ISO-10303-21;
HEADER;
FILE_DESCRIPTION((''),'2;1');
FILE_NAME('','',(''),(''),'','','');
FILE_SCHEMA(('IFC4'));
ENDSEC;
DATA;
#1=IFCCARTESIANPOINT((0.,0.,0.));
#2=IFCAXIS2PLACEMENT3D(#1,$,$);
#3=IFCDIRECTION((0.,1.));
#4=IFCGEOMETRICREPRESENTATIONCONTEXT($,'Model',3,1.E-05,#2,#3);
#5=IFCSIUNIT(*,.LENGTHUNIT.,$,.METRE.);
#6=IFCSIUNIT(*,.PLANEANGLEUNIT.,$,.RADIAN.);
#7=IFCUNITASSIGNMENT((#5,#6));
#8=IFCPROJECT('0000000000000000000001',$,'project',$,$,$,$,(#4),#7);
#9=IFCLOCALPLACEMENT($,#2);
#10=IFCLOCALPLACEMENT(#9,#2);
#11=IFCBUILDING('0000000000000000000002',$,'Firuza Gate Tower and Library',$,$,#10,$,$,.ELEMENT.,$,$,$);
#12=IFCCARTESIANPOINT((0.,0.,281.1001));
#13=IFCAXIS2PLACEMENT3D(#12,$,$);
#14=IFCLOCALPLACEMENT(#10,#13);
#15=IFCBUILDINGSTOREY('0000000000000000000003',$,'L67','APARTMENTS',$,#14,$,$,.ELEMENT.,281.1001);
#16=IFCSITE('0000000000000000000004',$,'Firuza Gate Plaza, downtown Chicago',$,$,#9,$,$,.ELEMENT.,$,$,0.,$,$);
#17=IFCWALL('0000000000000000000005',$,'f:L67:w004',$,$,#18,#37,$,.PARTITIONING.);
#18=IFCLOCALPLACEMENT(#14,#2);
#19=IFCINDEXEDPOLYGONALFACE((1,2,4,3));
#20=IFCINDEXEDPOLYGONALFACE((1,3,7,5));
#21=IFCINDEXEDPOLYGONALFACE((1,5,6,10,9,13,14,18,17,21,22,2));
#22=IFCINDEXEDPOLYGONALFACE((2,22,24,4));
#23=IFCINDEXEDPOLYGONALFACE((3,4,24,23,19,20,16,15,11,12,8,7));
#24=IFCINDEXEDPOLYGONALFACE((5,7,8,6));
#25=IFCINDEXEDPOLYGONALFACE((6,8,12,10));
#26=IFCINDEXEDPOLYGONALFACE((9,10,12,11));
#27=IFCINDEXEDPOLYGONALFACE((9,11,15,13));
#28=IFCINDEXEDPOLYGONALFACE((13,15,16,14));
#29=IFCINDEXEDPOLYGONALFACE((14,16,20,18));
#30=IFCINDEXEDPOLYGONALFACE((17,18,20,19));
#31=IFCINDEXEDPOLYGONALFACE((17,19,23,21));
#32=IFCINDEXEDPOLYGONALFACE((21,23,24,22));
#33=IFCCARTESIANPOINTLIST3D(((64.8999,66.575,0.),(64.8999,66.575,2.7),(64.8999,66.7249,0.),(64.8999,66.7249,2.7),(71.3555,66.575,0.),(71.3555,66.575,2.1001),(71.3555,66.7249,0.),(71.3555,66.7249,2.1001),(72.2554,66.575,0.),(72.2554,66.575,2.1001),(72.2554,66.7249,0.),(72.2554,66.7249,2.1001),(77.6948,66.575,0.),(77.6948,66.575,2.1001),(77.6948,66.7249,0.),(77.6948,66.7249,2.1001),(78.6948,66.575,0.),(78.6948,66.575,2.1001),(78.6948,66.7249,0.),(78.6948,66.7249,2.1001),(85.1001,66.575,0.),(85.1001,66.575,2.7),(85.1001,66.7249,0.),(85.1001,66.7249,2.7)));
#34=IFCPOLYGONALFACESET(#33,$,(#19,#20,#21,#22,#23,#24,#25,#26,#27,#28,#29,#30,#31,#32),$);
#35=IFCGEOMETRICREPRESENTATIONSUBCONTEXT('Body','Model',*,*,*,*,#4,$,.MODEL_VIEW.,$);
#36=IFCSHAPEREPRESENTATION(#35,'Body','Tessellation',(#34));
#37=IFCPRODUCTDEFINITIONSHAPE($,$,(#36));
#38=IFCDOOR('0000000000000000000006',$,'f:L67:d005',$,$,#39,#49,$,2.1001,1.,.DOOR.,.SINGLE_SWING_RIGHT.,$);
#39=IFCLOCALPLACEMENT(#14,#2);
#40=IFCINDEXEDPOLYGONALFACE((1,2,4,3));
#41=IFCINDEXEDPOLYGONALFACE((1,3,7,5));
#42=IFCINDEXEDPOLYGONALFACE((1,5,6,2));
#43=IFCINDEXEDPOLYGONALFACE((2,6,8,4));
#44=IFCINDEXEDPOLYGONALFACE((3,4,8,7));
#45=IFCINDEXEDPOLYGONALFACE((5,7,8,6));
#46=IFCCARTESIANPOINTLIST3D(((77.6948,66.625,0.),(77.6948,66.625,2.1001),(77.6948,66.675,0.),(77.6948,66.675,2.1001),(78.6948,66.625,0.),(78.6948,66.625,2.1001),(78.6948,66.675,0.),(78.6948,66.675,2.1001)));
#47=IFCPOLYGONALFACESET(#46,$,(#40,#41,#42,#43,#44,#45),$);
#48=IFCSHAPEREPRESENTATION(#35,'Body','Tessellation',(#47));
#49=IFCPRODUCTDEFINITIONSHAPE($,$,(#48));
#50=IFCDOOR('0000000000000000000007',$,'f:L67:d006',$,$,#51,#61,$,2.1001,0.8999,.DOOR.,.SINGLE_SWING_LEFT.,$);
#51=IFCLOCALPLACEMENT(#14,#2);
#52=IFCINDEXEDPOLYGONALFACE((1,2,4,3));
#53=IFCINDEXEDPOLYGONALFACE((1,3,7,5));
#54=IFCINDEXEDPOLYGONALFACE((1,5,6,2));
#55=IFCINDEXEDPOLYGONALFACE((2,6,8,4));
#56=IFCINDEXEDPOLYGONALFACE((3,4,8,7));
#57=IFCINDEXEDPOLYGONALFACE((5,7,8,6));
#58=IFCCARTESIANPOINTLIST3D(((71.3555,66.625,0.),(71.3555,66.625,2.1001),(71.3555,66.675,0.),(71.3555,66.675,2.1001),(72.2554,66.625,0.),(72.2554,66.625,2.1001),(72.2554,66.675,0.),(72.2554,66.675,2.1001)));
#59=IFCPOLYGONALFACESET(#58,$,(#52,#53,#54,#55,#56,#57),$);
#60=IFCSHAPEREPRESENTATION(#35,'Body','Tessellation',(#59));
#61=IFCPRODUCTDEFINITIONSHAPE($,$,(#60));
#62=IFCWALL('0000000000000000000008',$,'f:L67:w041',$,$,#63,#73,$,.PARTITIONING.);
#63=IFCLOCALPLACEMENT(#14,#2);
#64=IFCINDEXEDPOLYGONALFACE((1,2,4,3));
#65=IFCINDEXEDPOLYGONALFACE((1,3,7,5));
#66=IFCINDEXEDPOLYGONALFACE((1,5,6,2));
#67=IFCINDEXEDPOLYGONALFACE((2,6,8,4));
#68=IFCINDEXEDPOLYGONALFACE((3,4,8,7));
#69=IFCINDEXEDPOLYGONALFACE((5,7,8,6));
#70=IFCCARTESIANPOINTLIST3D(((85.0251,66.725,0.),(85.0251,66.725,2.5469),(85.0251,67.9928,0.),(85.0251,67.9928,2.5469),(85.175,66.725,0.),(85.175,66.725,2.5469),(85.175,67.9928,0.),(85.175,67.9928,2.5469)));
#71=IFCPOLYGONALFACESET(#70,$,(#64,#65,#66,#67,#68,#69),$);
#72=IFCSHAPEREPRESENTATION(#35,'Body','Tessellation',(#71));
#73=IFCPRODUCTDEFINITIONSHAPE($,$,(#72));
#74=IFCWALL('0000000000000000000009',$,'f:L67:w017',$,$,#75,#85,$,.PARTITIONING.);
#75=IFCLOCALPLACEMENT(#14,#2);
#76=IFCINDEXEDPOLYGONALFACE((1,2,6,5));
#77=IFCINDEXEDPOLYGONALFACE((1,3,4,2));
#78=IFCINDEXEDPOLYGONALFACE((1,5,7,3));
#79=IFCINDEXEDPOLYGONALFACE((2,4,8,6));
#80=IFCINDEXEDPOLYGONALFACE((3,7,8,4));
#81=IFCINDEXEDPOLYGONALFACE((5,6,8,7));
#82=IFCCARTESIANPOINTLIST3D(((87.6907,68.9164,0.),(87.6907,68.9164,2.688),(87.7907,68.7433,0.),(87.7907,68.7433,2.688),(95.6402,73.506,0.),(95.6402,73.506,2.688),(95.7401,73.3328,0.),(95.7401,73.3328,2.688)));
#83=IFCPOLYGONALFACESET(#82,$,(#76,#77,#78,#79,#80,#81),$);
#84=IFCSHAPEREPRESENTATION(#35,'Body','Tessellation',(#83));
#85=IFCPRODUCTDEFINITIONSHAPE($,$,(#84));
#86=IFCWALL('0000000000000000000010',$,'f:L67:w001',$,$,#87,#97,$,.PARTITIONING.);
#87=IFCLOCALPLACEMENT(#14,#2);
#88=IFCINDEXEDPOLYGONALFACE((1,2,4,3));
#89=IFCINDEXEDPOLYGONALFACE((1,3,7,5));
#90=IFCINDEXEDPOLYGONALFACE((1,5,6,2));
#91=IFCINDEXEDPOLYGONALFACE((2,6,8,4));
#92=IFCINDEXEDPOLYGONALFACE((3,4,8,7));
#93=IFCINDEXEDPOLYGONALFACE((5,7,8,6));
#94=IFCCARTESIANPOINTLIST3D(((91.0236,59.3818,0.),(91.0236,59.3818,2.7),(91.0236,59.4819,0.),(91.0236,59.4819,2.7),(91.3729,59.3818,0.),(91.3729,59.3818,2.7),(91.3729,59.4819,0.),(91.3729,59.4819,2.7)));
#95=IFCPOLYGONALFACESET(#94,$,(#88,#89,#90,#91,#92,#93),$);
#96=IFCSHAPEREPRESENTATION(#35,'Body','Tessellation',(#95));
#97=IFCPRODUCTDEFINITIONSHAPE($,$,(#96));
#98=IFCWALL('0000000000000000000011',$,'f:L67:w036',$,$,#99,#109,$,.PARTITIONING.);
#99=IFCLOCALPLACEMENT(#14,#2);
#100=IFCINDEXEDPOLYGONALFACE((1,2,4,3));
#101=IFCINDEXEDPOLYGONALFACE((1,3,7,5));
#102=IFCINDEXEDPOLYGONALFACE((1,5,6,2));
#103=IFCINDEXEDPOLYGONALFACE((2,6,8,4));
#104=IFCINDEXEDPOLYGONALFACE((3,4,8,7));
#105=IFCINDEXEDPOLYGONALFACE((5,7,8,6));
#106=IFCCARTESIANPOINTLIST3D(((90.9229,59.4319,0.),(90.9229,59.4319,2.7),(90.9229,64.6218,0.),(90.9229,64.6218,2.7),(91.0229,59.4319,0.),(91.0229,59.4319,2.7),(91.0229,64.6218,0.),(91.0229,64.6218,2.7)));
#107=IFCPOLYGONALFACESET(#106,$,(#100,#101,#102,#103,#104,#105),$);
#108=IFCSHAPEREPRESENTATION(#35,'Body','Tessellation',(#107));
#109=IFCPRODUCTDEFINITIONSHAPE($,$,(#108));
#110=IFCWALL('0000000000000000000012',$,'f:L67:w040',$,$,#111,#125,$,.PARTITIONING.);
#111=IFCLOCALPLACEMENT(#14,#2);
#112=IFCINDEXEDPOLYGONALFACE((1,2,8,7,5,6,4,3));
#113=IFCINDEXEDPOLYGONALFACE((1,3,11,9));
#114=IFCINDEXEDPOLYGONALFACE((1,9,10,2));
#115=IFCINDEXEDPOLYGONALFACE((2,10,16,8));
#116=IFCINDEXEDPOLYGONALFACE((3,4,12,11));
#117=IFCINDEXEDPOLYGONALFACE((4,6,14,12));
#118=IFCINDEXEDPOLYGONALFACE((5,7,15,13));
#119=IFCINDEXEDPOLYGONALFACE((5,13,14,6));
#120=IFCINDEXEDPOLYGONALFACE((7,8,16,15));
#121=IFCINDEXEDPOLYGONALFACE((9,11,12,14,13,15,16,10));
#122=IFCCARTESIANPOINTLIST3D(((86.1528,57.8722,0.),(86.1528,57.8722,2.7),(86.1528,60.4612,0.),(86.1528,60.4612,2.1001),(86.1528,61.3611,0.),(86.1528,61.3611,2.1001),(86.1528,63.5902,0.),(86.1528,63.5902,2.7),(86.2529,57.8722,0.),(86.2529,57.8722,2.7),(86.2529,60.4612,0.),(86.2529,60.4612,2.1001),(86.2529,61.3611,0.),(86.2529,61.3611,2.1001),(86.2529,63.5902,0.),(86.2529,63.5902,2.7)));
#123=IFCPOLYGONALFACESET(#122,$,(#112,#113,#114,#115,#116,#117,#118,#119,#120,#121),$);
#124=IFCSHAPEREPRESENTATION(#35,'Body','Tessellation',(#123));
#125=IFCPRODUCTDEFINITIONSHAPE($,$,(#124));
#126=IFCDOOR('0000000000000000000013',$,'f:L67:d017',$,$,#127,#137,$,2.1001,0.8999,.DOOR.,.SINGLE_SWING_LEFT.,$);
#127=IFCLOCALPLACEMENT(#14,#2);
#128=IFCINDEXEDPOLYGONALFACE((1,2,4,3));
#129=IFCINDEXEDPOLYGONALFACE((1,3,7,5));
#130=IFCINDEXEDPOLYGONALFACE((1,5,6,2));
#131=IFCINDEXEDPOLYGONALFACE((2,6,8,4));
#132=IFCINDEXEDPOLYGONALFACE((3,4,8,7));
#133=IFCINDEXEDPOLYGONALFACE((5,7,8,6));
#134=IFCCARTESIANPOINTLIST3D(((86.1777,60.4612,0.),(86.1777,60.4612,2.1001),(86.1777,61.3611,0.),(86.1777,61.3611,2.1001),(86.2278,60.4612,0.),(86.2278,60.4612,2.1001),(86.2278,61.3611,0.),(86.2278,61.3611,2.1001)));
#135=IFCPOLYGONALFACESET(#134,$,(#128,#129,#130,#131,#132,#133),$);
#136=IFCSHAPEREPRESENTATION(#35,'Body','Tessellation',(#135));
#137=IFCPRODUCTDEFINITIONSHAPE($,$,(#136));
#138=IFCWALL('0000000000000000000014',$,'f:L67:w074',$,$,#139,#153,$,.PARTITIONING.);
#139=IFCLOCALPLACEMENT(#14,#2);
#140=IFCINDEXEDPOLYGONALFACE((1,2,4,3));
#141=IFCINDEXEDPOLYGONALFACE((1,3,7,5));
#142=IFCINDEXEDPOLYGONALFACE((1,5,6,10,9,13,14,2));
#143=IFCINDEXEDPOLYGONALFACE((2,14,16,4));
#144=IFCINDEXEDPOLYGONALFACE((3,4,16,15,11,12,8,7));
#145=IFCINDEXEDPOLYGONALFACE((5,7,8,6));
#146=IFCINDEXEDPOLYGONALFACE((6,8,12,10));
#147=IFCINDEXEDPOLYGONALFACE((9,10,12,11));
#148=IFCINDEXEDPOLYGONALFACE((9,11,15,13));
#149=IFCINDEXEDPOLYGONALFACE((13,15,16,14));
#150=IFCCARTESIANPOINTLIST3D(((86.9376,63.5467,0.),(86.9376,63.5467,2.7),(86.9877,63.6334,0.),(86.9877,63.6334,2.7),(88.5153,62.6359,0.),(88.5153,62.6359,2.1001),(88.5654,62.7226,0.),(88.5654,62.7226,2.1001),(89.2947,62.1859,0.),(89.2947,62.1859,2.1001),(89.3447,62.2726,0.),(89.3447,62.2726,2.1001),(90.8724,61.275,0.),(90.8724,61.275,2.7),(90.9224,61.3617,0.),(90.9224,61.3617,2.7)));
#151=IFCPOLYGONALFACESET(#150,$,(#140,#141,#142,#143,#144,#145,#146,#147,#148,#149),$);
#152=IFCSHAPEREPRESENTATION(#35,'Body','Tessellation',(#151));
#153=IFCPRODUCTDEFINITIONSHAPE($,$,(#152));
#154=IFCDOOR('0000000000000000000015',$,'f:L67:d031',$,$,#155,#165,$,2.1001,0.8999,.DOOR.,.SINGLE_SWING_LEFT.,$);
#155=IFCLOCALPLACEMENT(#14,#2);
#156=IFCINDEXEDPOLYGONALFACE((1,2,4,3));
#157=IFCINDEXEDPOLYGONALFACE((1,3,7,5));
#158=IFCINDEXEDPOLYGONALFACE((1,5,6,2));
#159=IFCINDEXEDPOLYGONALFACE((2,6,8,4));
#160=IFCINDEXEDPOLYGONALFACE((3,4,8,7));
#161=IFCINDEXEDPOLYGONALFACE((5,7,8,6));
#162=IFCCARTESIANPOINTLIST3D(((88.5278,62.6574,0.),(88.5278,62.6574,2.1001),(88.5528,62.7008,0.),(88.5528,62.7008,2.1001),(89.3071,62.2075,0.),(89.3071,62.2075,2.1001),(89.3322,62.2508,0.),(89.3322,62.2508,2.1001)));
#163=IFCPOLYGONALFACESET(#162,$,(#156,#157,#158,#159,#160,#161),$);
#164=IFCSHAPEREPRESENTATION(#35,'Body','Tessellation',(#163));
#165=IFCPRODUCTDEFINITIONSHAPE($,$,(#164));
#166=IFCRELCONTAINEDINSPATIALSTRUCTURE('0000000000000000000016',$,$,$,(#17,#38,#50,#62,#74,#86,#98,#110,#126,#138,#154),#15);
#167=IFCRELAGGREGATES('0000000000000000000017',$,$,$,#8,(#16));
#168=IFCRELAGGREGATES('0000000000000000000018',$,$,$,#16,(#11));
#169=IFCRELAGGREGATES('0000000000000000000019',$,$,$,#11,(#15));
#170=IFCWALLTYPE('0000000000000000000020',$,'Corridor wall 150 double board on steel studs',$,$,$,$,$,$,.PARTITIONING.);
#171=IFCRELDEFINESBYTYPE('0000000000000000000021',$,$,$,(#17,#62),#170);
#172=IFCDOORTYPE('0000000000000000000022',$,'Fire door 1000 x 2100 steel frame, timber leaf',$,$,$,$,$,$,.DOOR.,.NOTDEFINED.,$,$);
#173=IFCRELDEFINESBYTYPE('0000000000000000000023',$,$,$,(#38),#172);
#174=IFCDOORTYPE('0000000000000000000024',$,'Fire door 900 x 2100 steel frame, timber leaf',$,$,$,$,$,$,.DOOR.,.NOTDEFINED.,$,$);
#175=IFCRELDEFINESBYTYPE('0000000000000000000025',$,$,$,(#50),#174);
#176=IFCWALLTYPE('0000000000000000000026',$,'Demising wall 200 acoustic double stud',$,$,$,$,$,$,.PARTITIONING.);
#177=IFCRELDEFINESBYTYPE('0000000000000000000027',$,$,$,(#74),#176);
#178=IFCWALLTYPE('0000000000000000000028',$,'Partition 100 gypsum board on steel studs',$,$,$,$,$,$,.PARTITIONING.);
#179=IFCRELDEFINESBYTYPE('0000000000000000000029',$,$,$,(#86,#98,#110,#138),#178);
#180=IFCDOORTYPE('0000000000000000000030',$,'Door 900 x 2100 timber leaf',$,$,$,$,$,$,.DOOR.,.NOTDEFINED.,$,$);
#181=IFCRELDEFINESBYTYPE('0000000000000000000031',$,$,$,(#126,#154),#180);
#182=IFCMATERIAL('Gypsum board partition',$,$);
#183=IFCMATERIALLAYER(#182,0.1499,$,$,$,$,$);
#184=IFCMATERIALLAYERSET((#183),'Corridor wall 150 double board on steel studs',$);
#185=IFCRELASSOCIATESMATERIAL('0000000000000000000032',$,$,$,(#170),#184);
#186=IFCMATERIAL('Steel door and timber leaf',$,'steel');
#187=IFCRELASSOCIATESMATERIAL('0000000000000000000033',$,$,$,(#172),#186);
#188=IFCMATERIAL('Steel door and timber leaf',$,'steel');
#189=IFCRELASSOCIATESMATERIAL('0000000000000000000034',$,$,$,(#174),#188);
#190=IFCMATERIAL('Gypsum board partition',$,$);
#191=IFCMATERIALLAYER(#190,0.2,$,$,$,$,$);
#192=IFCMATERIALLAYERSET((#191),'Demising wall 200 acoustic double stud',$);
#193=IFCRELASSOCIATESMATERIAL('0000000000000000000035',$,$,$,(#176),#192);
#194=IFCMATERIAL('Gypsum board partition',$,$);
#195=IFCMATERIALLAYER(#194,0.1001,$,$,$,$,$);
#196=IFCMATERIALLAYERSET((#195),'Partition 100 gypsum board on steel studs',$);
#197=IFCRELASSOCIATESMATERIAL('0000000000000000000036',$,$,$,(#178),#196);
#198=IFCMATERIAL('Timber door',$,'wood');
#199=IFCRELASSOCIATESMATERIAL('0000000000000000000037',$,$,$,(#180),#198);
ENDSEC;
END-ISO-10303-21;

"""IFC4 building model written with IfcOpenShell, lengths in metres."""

from ifc_helpers import new_model, si_unit, direction, frame, frame_2d, origin, place, context, subcontext, project, spatial, rectangle, extrude, material, layer, layer_set, type_object, element, fill, save


model = new_model("IFC4")

# Units and contexts
model_context = context("Model", 3, precision=1e-05, world=origin(), true_north=direction((0.0, 1.0)))
body_context = subcontext(model_context, "Body", "Model", "MODEL_VIEW")
ifc_project = project(units=[si_unit("LENGTHUNIT", "METRE"), si_unit("PLANEANGLEUNIT", "RADIAN")], contexts=[model_context])

# Site, building, storey
site_placement = place(None, origin())
site = spatial("IfcSite", under=ifc_project, at=site_placement, Name="Firuza Gate Plaza, downtown Chicago", CompositionType="ELEMENT", RefElevation=0.0)
building_placement = place(site_placement, origin())
building = spatial("IfcBuilding", under=site, at=building_placement, Name="Firuza Gate Tower and Library", CompositionType="ELEMENT")
storey_placement = place(building_placement, frame((0.0, 0.0, 281.1001)))
storey = spatial("IfcBuildingStorey", under=building, at=storey_placement, Name="L67", Description="APARTMENTS", CompositionType="ELEMENT", Elevation=281.1001)

# Wall, openings, doors
ifc_material_1 = material(Name="Gypsum board partition")
ifc_layer_1 = layer(ifc_material_1, 0.1499)
ifc_layer_set_1 = layer_set([ifc_layer_1], Name="Corridor wall 150 double board on steel studs")
wall_type_1 = type_object("IfcWallType", Name="Corridor wall 150 double board on steel studs", PredefinedType="PARTITIONING", material=ifc_layer_set_1)
wall_1_placement = place(storey_placement, frame((85.1001, 66.6499, 0.0), z_axis=(0.0, 0.0, 1.0), x_axis=(-1.0, 0.0, 0.0)))
wall_1 = element("IfcWall", 1, at=wall_1_placement, inside=storey, type_object=wall_type_1, Name="f:L67:w004", PredefinedType="PARTITIONING", context=body_context, shape_type="SweptSolid", body=[
    extrude(rectangle(XDim=20.2002, YDim=0.1499, at=frame_2d((10.1001, 0.0))), origin(), (0.0, 0.0, 1.0), 2.7),
])
opening_1_placement = place(wall_1_placement, frame((6.4053, 0.0, 0.0)))
opening_1 = element("IfcOpeningElement", 2, at=opening_1_placement, cuts=wall_1, PredefinedType="OPENING", context=body_context, shape_type="SweptSolid", body=[
    extrude(rectangle(XDim=1.0, YDim=2.1001, at=frame_2d((0.5, 1.05))), frame((0.0, 0.085, 0.0), z_axis=(0.0, -1.0, 0.0), x_axis=(1.0, 0.0, 0.0)), (0.0, 0.0, 1.0), 0.1699),
])
opening_2_placement = place(wall_1_placement, frame((12.8447, 0.0, 0.0)))
opening_2 = element("IfcOpeningElement", 3, at=opening_2_placement, cuts=wall_1, PredefinedType="OPENING", context=body_context, shape_type="SweptSolid", body=[
    extrude(rectangle(XDim=0.8999, YDim=2.1001, at=frame_2d((0.45, 1.05))), frame((0.0, 0.085, 0.0), z_axis=(0.0, -1.0, 0.0), x_axis=(1.0, 0.0, 0.0)), (0.0, 0.0, 1.0), 0.1699),
])
ifc_material_2 = material(Name="Steel door and timber leaf", Category="steel")
door_type_1 = type_object("IfcDoorType", Name="Fire door 1000 x 2100 steel frame, timber leaf", OperationType="NOTDEFINED", PredefinedType="DOOR", material=ifc_material_2)
door_1_placement = place(opening_1_placement, origin())
door_1 = element("IfcDoor", 4, at=door_1_placement, inside=storey, type_object=door_type_1, Name="f:L67:d005", OperationType="SINGLE_SWING_RIGHT", OverallHeight=2.1001, OverallWidth=1.0, PredefinedType="DOOR", context=body_context, shape_type="SweptSolid", body=[
    extrude(rectangle(XDim=1.0, YDim=2.1001, at=frame_2d((0.5, 1.05))), frame((0.0, 0.0249, 0.0), z_axis=(0.0, -1.0, 0.0), x_axis=(1.0, 0.0, 0.0)), (0.0, 0.0, 1.0), 0.05),
])
fill(opening_1, door_1)
ifc_material_3 = material(Name="Steel door and timber leaf", Category="steel")
door_type_2 = type_object("IfcDoorType", Name="Fire door 900 x 2100 steel frame, timber leaf", OperationType="NOTDEFINED", PredefinedType="DOOR", material=ifc_material_3)
door_2_placement = place(opening_2_placement, origin())
door_2 = element("IfcDoor", 5, at=door_2_placement, inside=storey, type_object=door_type_2, Name="f:L67:d006", OperationType="SINGLE_SWING_LEFT", OverallHeight=2.1001, OverallWidth=0.8999, PredefinedType="DOOR", context=body_context, shape_type="SweptSolid", body=[
    extrude(rectangle(XDim=0.8999, YDim=2.1001, at=frame_2d((0.45, 1.05))), frame((0.0, 0.0249, 0.0), z_axis=(0.0, -1.0, 0.0), x_axis=(1.0, 0.0, 0.0)), (0.0, 0.0, 1.0), 0.05),
])
fill(opening_2, door_2)

# Walls
wall_2_placement = place(storey_placement, frame((85.1001, 66.7251, 0.0), z_axis=(0.0, 0.0, 1.0), x_axis=(0.0, 1.0, 0.0)))
element("IfcWall", 6, at=wall_2_placement, inside=storey, type_object=wall_type_1, Name="f:L67:w041", PredefinedType="PARTITIONING", context=body_context, shape_type="SweptSolid", body=[
    extrude(rectangle(XDim=1.2678, YDim=0.1499, at=frame_2d((0.6338, 0.0))), origin(), (0.0, 0.0, 1.0), 2.5469),
])
ifc_material_4 = material(Name="Gypsum board partition")
ifc_layer_2 = layer(ifc_material_4, 0.2)
ifc_layer_set_2 = layer_set([ifc_layer_2], Name="Demising wall 200 acoustic double stud")
wall_type_2 = type_object("IfcWallType", Name="Demising wall 200 acoustic double stud", PredefinedType="PARTITIONING", material=ifc_layer_set_2)
wall_3_placement = place(storey_placement, frame((87.7407, 68.8298, 0.0), z_axis=(0.0, 0.0, 1.0), x_axis=(0.866027, 0.499998, 0.0)))
element("IfcWall", 7, at=wall_3_placement, inside=storey, type_object=wall_type_2, Name="f:L67:w017", PredefinedType="PARTITIONING", context=body_context, shape_type="SweptSolid", body=[
    extrude(rectangle(XDim=9.1792, YDim=0.2, at=frame_2d((4.5896, 0.0))), origin(), (0.0, 0.0, 1.0), 2.688),
])
ifc_material_5 = material(Name="Gypsum board partition")
ifc_layer_3 = layer(ifc_material_5, 0.1001)
ifc_layer_set_3 = layer_set([ifc_layer_3], Name="Partition 100 gypsum board on steel studs")
wall_type_3 = type_object("IfcWallType", Name="Partition 100 gypsum board on steel studs", PredefinedType="PARTITIONING", material=ifc_layer_set_3)
wall_4_placement = place(storey_placement, frame((91.0234, 59.4319, 0.0), z_axis=(0.0, 0.0, 1.0), x_axis=(1.0, 0.0, 0.0)))
element("IfcWall", 8, at=wall_4_placement, inside=storey, type_object=wall_type_3, Name="f:L67:w001", PredefinedType="PARTITIONING", context=body_context, shape_type="SweptSolid", body=[
    extrude(rectangle(XDim=0.3494, YDim=0.1001, at=frame_2d((0.1748, 0.0))), origin(), (0.0, 0.0, 1.0), 2.7),
])
wall_5_placement = place(storey_placement, frame((90.9729, 59.4319, 0.0), z_axis=(0.0, 0.0, 1.0), x_axis=(0.0, 1.0, 0.0)))
element("IfcWall", 9, at=wall_5_placement, inside=storey, type_object=wall_type_3, Name="f:L67:w036", PredefinedType="PARTITIONING", context=body_context, shape_type="SweptSolid", body=[
    extrude(rectangle(XDim=5.1899, YDim=0.1001, at=frame_2d((2.595, 0.0))), origin(), (0.0, 0.0, 1.0), 2.7),
])

# Walls, openings, doors
wall_6_placement = place(storey_placement, frame((86.2029, 63.5901, 0.0), z_axis=(0.0, 0.0, 1.0), x_axis=(0.0, -1.0, 0.0)))
wall_6 = element("IfcWall", 10, at=wall_6_placement, inside=storey, type_object=wall_type_3, Name="f:L67:w040", PredefinedType="PARTITIONING", context=body_context, shape_type="SweptSolid", body=[
    extrude(rectangle(XDim=5.718, YDim=0.1001, at=frame_2d((2.8589, 0.0))), origin(), (0.0, 0.0, 1.0), 2.7),
])
opening_3_placement = place(wall_6_placement, frame((2.229, 0.0, 0.0)))
opening_3 = element("IfcOpeningElement", 11, at=opening_3_placement, cuts=wall_6, PredefinedType="OPENING", context=body_context, shape_type="SweptSolid", body=[
    extrude(rectangle(XDim=0.8999, YDim=2.1001, at=frame_2d((0.45, 1.05))), frame((0.0, 0.0601, 0.0), z_axis=(0.0, -1.0, 0.0), x_axis=(1.0, 0.0, 0.0)), (0.0, 0.0, 1.0), 0.1201),
])
ifc_material_6 = material(Name="Timber door", Category="wood")
door_type_3 = type_object("IfcDoorType", Name="Door 900 x 2100 timber leaf", OperationType="NOTDEFINED", PredefinedType="DOOR", material=ifc_material_6)
door_3_placement = place(opening_3_placement, origin())
door_3 = element("IfcDoor", 12, at=door_3_placement, inside=storey, type_object=door_type_3, Name="f:L67:d017", OperationType="SINGLE_SWING_LEFT", OverallHeight=2.1001, OverallWidth=0.8999, PredefinedType="DOOR", context=body_context, shape_type="SweptSolid", body=[
    extrude(rectangle(XDim=0.8999, YDim=2.1001, at=frame_2d((0.45, 1.05))), frame((0.0, 0.0249, 0.0), z_axis=(0.0, -1.0, 0.0), x_axis=(1.0, 0.0, 0.0)), (0.0, 0.0, 1.0), 0.05),
])
fill(opening_3, door_3)
wall_7_placement = place(storey_placement, frame((86.9626, 63.5901, 0.0), z_axis=(0.0, 0.0, 1.0), x_axis=(0.866029, -0.499994, 0.0)))
wall_7 = element("IfcWall", 13, at=wall_7_placement, inside=storey, type_object=wall_type_3, Name="f:L67:w074", PredefinedType="PARTITIONING", context=body_context, shape_type="SweptSolid", body=[
    extrude(rectangle(XDim=4.5435, YDim=0.1001, at=frame_2d((2.2717, 0.0))), origin(), (0.0, 0.0, 1.0), 2.7),
])
opening_4_placement = place(wall_7_placement, frame((1.8218, 0.0, 0.0)))
opening_4 = element("IfcOpeningElement", 14, at=opening_4_placement, cuts=wall_7, PredefinedType="OPENING", context=body_context, shape_type="SweptSolid", body=[
    extrude(rectangle(XDim=0.8999, YDim=2.1001, at=frame_2d((0.45, 1.05))), frame((0.0, 0.0601, 0.0), z_axis=(0.0, -1.0, 0.0), x_axis=(1.0, 0.0, 0.0)), (0.0, 0.0, 1.0), 0.1201),
])
door_4_placement = place(opening_4_placement, origin())
door_4 = element("IfcDoor", 15, at=door_4_placement, inside=storey, type_object=door_type_3, Name="f:L67:d031", OperationType="SINGLE_SWING_LEFT", OverallHeight=2.1001, OverallWidth=0.8999, PredefinedType="DOOR", context=body_context, shape_type="SweptSolid", body=[
    extrude(rectangle(XDim=0.8999, YDim=2.1001, at=frame_2d((0.45, 1.05))), frame((0.0, 0.0249, 0.0), z_axis=(0.0, -1.0, 0.0), x_axis=(1.0, 0.0, 0.0)), (0.0, 0.0, 1.0), 0.05),
])
fill(opening_4, door_4)

save(model, "model.ifc")
